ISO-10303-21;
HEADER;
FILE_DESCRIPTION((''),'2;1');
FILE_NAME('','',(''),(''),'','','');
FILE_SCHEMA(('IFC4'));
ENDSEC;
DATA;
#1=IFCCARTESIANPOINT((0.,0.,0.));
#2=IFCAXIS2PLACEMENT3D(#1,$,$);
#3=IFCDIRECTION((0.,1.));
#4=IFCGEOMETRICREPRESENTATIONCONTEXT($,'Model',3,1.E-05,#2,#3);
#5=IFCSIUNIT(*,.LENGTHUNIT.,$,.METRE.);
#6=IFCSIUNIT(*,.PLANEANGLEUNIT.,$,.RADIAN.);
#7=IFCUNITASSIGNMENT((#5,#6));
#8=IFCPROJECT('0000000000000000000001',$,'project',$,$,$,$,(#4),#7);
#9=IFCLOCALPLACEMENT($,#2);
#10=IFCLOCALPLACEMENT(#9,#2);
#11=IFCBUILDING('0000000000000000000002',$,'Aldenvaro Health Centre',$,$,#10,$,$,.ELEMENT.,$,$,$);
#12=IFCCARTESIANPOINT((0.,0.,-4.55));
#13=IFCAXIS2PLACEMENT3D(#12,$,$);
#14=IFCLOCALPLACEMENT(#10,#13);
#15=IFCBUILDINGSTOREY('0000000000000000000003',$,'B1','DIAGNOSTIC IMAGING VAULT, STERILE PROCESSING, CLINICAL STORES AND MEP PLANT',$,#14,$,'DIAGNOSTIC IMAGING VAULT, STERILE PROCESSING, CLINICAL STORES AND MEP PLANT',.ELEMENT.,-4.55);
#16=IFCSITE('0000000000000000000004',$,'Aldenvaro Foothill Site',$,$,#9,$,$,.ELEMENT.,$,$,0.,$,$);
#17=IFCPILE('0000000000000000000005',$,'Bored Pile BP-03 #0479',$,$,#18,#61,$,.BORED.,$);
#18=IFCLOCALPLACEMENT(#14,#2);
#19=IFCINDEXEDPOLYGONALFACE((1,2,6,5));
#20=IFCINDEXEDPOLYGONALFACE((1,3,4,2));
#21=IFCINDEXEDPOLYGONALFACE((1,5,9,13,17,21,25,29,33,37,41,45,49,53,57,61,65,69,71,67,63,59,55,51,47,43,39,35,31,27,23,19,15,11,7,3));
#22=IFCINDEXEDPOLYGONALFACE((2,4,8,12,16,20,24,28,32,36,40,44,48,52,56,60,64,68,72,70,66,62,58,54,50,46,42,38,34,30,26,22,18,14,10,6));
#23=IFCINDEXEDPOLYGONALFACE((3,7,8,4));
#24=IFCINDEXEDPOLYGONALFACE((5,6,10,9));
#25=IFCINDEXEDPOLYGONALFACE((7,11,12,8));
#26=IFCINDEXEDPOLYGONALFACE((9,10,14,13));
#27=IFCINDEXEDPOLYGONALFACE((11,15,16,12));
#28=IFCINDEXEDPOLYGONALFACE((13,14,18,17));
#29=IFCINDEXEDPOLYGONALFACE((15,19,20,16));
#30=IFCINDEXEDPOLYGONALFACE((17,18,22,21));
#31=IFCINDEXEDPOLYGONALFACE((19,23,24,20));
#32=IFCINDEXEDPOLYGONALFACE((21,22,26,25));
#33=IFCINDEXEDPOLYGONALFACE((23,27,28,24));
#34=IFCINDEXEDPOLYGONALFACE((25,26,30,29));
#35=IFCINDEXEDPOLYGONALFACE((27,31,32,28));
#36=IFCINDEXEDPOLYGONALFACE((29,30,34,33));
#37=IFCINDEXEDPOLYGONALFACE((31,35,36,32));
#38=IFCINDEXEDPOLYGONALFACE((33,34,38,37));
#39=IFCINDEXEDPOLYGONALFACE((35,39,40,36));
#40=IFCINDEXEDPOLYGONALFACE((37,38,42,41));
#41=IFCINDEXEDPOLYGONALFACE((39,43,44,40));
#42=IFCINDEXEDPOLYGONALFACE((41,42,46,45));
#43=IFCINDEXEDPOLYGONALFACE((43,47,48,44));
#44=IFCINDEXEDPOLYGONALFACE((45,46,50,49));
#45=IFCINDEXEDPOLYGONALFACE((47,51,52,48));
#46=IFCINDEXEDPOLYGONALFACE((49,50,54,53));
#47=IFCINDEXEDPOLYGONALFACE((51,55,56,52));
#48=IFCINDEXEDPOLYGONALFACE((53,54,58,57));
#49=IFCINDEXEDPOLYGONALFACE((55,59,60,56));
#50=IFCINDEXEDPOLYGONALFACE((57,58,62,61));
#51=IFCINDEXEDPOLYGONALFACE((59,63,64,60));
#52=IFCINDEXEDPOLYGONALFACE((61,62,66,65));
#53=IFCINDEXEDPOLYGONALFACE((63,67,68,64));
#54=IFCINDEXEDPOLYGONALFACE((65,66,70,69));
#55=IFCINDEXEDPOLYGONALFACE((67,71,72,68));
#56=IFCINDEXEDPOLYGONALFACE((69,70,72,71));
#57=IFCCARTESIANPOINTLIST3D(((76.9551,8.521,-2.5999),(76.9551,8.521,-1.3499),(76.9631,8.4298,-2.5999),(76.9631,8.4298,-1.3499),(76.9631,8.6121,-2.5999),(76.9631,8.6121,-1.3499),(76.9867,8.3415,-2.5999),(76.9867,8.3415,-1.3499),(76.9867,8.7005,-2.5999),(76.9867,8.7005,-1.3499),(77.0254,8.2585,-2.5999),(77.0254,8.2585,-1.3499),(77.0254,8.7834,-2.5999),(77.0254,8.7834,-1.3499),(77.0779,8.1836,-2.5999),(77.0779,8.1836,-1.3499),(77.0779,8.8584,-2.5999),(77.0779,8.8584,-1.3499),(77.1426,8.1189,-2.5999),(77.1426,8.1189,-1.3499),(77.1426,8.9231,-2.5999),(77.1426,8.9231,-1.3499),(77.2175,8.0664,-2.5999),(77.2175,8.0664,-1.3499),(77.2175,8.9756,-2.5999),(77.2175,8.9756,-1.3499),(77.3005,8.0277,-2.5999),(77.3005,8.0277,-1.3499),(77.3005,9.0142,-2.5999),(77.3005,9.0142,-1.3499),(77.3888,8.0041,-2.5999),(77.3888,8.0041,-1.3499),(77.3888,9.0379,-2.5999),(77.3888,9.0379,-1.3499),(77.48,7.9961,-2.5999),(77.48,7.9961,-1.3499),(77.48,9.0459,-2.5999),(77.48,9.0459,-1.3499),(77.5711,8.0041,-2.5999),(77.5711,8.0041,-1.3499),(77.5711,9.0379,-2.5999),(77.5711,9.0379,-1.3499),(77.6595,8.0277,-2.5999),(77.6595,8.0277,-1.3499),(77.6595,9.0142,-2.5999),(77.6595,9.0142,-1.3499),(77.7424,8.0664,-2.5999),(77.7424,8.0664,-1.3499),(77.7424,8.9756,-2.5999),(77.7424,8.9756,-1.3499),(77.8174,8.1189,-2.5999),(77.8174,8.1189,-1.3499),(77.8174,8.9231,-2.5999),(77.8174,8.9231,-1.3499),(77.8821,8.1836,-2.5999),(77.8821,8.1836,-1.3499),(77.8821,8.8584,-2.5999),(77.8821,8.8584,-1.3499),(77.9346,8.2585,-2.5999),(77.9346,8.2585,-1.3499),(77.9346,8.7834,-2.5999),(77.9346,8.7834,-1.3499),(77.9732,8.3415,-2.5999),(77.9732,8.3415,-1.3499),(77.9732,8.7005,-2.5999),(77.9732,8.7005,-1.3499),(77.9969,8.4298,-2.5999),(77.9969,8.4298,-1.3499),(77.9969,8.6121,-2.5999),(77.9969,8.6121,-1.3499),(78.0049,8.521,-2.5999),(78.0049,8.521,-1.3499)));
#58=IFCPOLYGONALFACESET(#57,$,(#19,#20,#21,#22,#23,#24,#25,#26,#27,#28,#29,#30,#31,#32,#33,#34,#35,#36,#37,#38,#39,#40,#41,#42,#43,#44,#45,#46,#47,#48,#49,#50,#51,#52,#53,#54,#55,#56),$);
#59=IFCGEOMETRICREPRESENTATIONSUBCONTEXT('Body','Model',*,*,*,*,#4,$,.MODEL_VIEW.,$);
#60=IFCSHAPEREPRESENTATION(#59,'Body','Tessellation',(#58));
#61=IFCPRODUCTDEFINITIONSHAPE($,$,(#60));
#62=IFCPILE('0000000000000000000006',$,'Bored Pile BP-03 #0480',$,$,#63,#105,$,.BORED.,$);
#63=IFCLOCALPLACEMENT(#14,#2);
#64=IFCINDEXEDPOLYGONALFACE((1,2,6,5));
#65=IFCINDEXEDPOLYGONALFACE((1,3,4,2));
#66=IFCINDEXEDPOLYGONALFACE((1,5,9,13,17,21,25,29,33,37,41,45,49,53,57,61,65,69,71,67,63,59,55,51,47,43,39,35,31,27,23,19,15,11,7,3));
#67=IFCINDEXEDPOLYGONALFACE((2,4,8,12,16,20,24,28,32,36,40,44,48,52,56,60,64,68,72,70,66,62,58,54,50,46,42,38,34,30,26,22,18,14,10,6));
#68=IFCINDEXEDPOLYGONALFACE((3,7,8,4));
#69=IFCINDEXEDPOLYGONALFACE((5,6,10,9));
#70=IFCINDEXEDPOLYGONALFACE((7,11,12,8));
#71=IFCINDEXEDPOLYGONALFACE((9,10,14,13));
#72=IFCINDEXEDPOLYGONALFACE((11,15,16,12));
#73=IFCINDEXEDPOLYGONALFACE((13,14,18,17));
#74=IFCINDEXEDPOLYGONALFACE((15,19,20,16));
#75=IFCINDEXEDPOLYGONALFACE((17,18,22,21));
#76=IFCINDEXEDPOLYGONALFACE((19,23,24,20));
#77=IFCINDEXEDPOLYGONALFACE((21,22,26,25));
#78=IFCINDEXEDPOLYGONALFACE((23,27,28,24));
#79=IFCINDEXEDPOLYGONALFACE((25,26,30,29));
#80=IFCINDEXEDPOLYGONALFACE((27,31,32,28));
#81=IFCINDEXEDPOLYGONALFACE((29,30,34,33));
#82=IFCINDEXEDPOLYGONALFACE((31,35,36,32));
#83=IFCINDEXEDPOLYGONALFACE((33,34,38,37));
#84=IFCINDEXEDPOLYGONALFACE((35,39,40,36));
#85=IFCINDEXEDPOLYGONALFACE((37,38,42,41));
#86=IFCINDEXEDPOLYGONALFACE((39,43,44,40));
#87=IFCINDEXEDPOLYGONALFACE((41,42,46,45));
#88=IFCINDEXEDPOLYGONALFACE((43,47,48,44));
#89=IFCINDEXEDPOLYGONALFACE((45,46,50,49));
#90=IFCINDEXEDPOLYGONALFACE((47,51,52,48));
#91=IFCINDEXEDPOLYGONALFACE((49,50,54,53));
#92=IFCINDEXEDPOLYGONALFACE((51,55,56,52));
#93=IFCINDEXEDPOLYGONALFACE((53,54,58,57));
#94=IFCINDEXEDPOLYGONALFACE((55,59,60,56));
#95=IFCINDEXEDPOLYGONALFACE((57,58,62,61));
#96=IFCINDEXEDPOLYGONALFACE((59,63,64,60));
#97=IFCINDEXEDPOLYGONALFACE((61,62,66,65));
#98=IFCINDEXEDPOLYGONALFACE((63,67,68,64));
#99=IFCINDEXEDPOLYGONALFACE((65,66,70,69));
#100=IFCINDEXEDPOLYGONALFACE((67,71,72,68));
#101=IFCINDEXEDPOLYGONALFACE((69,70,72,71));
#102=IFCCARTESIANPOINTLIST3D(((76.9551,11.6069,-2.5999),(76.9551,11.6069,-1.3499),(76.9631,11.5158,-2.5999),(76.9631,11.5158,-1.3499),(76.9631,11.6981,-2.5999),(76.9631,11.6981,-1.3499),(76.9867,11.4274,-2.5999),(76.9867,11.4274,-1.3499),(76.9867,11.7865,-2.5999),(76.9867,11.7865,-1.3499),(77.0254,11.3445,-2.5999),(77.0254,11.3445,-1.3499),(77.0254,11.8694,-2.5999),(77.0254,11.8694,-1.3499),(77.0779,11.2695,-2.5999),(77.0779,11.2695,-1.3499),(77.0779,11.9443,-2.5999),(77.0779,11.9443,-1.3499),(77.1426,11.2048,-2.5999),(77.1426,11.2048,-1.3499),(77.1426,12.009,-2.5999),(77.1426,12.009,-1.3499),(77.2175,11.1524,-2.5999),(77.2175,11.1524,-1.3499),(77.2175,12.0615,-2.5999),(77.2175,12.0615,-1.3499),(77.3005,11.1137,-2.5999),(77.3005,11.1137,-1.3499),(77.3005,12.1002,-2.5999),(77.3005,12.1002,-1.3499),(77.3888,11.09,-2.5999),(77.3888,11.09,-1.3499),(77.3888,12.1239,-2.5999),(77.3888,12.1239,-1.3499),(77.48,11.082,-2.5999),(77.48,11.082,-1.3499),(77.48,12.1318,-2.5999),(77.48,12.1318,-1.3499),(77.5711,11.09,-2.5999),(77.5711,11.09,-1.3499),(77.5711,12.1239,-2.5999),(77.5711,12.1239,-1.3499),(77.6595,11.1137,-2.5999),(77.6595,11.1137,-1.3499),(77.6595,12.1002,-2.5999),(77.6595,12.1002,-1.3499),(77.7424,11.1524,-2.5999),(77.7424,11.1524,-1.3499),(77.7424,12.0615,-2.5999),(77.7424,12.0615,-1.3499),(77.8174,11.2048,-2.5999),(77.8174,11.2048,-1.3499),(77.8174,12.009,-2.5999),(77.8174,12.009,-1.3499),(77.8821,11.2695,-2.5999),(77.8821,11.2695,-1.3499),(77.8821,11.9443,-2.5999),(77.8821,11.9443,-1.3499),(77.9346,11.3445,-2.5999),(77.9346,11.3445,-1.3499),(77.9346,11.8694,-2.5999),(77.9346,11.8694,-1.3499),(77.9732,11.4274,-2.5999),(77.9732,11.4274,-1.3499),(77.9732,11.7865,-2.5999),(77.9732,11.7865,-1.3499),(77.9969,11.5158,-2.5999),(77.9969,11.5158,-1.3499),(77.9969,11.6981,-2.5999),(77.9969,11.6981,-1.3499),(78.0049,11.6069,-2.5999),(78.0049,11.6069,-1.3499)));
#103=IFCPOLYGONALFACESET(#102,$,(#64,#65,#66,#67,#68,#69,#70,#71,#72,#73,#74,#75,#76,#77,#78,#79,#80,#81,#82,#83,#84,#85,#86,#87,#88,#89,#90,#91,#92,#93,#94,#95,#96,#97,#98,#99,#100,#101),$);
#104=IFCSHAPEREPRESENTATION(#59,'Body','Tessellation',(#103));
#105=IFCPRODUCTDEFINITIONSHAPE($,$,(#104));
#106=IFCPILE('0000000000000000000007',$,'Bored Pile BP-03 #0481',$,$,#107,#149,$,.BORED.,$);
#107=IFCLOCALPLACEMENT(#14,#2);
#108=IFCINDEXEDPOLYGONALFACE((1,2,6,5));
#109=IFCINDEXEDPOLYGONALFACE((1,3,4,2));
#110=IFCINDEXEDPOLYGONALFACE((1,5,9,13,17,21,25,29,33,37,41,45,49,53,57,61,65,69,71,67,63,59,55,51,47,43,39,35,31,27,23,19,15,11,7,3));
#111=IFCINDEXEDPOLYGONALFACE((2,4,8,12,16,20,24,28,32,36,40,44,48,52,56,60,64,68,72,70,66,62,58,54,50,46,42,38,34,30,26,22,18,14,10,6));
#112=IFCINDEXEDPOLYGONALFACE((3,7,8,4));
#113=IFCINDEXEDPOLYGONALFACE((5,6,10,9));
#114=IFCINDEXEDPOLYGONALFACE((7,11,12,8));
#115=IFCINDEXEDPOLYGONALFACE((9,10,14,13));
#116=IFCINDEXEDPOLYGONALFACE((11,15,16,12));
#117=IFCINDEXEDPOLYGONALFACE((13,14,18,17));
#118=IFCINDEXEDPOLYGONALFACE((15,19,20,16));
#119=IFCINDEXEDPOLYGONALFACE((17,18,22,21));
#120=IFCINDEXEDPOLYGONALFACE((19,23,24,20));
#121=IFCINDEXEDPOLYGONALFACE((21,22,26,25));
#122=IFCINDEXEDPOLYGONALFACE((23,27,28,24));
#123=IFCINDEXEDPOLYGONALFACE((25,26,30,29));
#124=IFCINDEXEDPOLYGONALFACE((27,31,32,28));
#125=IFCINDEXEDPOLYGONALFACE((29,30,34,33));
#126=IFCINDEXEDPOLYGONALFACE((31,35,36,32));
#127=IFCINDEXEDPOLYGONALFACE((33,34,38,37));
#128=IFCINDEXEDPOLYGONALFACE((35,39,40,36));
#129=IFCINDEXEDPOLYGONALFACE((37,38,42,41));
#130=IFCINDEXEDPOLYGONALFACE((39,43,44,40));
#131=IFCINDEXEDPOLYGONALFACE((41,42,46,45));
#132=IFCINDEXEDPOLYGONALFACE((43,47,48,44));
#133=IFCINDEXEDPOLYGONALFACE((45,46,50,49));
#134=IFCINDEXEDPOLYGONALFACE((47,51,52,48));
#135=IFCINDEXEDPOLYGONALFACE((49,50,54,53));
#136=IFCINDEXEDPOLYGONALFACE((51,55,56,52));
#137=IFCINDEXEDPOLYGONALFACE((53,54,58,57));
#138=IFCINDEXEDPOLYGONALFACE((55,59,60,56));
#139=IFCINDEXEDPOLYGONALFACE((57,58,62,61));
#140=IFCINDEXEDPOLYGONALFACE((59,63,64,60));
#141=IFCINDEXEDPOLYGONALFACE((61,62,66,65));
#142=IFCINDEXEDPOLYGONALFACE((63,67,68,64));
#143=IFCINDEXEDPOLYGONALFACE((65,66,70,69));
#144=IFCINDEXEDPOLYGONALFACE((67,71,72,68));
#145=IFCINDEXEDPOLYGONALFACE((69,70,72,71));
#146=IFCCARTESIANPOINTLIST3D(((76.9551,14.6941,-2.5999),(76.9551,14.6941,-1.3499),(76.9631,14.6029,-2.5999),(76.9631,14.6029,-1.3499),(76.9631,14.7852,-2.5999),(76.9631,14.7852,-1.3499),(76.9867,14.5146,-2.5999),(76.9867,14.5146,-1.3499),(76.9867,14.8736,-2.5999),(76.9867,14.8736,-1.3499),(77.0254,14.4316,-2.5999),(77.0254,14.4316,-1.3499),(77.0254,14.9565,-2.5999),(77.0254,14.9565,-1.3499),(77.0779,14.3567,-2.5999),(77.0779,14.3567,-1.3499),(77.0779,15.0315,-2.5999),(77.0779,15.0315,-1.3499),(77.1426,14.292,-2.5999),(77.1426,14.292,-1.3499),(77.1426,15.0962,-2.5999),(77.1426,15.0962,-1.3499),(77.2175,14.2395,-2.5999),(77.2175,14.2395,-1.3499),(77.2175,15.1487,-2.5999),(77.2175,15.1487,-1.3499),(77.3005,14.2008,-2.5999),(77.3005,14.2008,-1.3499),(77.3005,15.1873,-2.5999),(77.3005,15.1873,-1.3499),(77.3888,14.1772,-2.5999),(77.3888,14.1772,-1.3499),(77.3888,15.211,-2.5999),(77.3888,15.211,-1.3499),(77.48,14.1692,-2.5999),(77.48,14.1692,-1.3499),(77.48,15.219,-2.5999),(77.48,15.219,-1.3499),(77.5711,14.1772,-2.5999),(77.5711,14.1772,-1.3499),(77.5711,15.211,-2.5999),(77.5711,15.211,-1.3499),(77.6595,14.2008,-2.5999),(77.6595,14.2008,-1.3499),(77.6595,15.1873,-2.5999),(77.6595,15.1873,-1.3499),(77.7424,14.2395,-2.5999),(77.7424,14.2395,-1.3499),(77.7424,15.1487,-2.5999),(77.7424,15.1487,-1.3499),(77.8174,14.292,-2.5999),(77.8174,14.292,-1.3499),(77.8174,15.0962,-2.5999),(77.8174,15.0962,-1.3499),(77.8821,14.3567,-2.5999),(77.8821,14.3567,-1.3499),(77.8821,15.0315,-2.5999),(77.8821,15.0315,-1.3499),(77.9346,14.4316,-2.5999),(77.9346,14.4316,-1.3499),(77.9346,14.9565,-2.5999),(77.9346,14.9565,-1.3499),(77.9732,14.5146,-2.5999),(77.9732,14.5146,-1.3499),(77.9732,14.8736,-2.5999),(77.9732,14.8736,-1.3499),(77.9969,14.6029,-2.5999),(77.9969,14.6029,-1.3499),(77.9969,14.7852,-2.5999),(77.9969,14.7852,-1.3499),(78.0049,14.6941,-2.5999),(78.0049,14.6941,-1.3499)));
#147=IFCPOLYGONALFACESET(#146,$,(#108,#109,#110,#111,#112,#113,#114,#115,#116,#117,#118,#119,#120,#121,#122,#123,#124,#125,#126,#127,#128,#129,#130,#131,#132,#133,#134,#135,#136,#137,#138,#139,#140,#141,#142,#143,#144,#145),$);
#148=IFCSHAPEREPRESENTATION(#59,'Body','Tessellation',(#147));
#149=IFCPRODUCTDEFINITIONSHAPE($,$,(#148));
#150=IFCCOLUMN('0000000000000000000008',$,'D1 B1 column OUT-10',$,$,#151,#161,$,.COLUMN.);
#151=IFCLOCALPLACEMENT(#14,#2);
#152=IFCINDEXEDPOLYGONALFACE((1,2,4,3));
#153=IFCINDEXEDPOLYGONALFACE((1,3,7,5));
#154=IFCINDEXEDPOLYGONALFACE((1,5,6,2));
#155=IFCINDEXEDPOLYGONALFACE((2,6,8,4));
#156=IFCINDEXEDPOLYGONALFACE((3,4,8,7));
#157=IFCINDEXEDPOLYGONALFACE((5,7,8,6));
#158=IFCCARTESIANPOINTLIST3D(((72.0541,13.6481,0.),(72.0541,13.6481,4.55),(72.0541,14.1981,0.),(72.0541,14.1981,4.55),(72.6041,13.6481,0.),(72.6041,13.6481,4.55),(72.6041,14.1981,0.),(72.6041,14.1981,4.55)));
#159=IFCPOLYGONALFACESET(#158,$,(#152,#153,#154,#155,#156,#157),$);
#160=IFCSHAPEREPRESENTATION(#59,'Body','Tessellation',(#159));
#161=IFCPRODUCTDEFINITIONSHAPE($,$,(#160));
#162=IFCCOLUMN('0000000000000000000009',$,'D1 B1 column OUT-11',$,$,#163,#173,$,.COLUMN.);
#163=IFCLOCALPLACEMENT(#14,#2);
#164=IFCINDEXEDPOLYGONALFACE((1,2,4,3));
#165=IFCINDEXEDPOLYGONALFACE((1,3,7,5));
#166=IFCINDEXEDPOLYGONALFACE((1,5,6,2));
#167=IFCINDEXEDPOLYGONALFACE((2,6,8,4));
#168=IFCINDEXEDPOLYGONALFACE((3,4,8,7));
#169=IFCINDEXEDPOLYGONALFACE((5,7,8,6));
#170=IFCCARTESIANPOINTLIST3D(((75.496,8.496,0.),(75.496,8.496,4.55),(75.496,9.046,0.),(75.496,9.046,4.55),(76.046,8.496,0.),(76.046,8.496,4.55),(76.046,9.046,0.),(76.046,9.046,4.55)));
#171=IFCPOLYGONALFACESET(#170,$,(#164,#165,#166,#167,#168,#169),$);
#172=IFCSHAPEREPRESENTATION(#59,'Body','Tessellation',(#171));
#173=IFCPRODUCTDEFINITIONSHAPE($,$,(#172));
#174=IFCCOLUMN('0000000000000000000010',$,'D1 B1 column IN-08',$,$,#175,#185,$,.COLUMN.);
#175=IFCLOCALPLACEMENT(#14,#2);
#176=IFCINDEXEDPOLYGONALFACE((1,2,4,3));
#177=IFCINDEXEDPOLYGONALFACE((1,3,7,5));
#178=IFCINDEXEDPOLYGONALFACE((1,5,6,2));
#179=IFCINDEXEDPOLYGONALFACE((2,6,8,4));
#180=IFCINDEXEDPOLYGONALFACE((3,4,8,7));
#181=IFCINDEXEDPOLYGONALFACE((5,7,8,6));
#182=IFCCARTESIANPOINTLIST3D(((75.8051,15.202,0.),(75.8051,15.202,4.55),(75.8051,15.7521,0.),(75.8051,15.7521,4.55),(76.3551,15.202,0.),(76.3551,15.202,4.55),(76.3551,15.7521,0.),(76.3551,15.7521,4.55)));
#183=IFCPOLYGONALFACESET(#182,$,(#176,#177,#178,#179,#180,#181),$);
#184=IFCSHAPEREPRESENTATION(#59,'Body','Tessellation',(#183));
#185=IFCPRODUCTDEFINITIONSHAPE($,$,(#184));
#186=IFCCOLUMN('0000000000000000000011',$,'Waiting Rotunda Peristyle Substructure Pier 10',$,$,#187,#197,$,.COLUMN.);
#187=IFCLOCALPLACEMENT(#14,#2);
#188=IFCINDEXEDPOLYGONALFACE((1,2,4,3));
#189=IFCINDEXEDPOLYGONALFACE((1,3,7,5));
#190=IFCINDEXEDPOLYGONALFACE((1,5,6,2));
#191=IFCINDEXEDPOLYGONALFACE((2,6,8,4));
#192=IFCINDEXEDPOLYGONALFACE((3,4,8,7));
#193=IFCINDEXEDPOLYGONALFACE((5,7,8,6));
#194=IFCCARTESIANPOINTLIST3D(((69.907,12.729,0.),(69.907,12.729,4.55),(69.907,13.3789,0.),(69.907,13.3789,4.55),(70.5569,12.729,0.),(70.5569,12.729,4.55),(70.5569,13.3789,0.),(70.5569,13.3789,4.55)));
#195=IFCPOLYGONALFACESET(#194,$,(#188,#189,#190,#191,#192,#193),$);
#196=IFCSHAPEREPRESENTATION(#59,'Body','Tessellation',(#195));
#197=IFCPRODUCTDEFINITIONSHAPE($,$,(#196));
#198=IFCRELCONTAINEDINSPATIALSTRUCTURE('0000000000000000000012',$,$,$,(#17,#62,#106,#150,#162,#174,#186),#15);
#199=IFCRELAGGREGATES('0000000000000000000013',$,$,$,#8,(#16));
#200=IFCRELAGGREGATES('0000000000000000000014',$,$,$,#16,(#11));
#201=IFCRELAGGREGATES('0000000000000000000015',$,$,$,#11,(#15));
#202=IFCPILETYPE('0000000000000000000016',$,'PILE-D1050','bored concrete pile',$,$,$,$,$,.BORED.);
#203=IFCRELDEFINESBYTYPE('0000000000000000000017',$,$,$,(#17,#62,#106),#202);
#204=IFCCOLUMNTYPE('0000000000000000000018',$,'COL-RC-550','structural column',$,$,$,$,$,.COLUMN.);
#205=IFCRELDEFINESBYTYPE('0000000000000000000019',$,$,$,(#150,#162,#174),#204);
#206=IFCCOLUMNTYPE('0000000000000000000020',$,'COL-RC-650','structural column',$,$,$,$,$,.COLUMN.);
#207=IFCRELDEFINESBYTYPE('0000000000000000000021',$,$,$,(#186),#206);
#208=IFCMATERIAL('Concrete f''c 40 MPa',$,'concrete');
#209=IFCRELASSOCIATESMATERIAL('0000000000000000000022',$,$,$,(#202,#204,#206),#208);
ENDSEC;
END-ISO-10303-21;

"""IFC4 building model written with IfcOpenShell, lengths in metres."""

from ifc_helpers import new_model, si_unit, direction, frame, origin, origin_2d, place, context, subcontext, project, spatial, rectangle, circle, extrude, material, material_profile, profile_set, type_object, element, save


model = new_model("IFC4")

# Units and contexts
model_context = context("Model", 3, precision=1e-05, world=origin(), true_north=direction((0.0, 1.0)))
body_context = subcontext(model_context, "Body", "Model", "MODEL_VIEW")
ifc_project = project(units=[si_unit("LENGTHUNIT", "METRE"), si_unit("PLANEANGLEUNIT", "RADIAN")], contexts=[model_context])

# Site, building, storey
site_placement = place(None, origin())
site = spatial("IfcSite", under=ifc_project, at=site_placement, Name="Aldenvaro Foothill Site", CompositionType="ELEMENT", RefElevation=0.0)
building_placement = place(site_placement, origin())
building = spatial("IfcBuilding", under=site, at=building_placement, Name="Aldenvaro Health Centre", CompositionType="ELEMENT")
storey_placement = place(building_placement, frame((0.0, 0.0, -4.55)))
storey = spatial("IfcBuildingStorey", under=building, at=storey_placement, Name="B1", Description="DIAGNOSTIC IMAGING VAULT, STERILE PROCESSING, CLINICAL STORES AND MEP PLANT", LongName="DIAGNOSTIC IMAGING VAULT, STERILE PROCESSING, CLINICAL STORES AND MEP PLANT", CompositionType="ELEMENT", Elevation=-4.55)

# Piles
ifc_material_1 = material(Name="Concrete f'c 40 MPa", Category="concrete")
ifc_material_profile_1 = material_profile(ifc_material_1, circle(Radius=0.5249, at=origin_2d()), Name="PILE D1050", Category="concrete")
ifc_profile_set_1 = profile_set([ifc_material_profile_1], Name="Concrete f'c 40 MPa")
pile_type = type_object("IfcPileType", Name="PILE-D1050", Description="bored concrete pile", PredefinedType="BORED", material=ifc_profile_set_1)
for number, where, z_axis, x_axis, name in (
    (1, (77.48, 8.521, -1.3499), (0.0, 0.0, -1.0), (1.0, 0.0, 0.0), "Bored Pile BP-03 #0479"),
    (2, (77.48, 11.6069, -1.3499), (0.0, 0.0, -1.0), (1.0, 0.0, 0.0), "Bored Pile BP-03 #0480"),
    (3, (77.48, 14.6941, -1.3499), (0.0, 0.0, -1.0), (1.0, 0.0, 0.0), "Bored Pile BP-03 #0481"),
):
    element("IfcPile", number, at=place(storey_placement, frame(where, z_axis=z_axis, x_axis=x_axis)), inside=storey, type_object=pile_type, Name=name, PredefinedType="BORED", context=body_context, shape_type="SweptSolid", body=[
        extrude(circle(Radius=0.5249, at=origin_2d()), origin(), (0.0, 0.0, 1.0), 1.25),
    ])

# Columns
ifc_material_profile_2 = material_profile(ifc_material_1, rectangle(XDim=0.55, YDim=0.55, at=origin_2d()), Name="RC 550x550", Category="concrete")
ifc_profile_set_2 = profile_set([ifc_material_profile_2], Name="Concrete f'c 40 MPa")
column_type_1 = type_object("IfcColumnType", Name="COL-RC-550", Description="structural column", PredefinedType="COLUMN", material=ifc_profile_set_2)
for number, where, z_axis, x_axis, name in (
    (4, (72.3291, 13.9231, 0.0), (0.0, 0.0, 1.0), (1.0, 0.0, 0.0), "D1 B1 column OUT-10"),
    (5, (75.771, 8.771, 0.0), (0.0, 0.0, 1.0), (1.0, 0.0, 0.0), "D1 B1 column OUT-11"),
    (6, (76.0801, 15.4771, 0.0), (0.0, 0.0, 1.0), (1.0, 0.0, 0.0), "D1 B1 column IN-08"),
):
    element("IfcColumn", number, at=place(storey_placement, frame(where, z_axis=z_axis, x_axis=x_axis)), inside=storey, type_object=column_type_1, Name=name, PredefinedType="COLUMN", context=body_context, shape_type="SweptSolid", body=[
        extrude(rectangle(XDim=0.55, YDim=0.55, at=origin_2d()), origin(), (0.0, 0.0, 1.0), 4.55),
    ])
ifc_material_profile_3 = material_profile(ifc_material_1, rectangle(XDim=0.6499, YDim=0.6499, at=origin_2d()), Name="RC 650x650", Category="concrete")
ifc_profile_set_3 = profile_set([ifc_material_profile_3], Name="Concrete f'c 40 MPa")
column_type_2 = type_object("IfcColumnType", Name="COL-RC-650", Description="structural column", PredefinedType="COLUMN", material=ifc_profile_set_3)
column_placement = place(storey_placement, frame((70.2319, 13.054, 0.0), z_axis=(0.0, 0.0, 1.0), x_axis=(1.0, 0.0, 0.0)))
element("IfcColumn", 7, at=column_placement, inside=storey, type_object=column_type_2, Name="Waiting Rotunda Peristyle Substructure Pier 10", PredefinedType="COLUMN", context=body_context, shape_type="SweptSolid", body=[
    extrude(rectangle(XDim=0.6499, YDim=0.6499, at=origin_2d()), origin(), (0.0, 0.0, 1.0), 4.55),
])

save(model, "model.ifc")
